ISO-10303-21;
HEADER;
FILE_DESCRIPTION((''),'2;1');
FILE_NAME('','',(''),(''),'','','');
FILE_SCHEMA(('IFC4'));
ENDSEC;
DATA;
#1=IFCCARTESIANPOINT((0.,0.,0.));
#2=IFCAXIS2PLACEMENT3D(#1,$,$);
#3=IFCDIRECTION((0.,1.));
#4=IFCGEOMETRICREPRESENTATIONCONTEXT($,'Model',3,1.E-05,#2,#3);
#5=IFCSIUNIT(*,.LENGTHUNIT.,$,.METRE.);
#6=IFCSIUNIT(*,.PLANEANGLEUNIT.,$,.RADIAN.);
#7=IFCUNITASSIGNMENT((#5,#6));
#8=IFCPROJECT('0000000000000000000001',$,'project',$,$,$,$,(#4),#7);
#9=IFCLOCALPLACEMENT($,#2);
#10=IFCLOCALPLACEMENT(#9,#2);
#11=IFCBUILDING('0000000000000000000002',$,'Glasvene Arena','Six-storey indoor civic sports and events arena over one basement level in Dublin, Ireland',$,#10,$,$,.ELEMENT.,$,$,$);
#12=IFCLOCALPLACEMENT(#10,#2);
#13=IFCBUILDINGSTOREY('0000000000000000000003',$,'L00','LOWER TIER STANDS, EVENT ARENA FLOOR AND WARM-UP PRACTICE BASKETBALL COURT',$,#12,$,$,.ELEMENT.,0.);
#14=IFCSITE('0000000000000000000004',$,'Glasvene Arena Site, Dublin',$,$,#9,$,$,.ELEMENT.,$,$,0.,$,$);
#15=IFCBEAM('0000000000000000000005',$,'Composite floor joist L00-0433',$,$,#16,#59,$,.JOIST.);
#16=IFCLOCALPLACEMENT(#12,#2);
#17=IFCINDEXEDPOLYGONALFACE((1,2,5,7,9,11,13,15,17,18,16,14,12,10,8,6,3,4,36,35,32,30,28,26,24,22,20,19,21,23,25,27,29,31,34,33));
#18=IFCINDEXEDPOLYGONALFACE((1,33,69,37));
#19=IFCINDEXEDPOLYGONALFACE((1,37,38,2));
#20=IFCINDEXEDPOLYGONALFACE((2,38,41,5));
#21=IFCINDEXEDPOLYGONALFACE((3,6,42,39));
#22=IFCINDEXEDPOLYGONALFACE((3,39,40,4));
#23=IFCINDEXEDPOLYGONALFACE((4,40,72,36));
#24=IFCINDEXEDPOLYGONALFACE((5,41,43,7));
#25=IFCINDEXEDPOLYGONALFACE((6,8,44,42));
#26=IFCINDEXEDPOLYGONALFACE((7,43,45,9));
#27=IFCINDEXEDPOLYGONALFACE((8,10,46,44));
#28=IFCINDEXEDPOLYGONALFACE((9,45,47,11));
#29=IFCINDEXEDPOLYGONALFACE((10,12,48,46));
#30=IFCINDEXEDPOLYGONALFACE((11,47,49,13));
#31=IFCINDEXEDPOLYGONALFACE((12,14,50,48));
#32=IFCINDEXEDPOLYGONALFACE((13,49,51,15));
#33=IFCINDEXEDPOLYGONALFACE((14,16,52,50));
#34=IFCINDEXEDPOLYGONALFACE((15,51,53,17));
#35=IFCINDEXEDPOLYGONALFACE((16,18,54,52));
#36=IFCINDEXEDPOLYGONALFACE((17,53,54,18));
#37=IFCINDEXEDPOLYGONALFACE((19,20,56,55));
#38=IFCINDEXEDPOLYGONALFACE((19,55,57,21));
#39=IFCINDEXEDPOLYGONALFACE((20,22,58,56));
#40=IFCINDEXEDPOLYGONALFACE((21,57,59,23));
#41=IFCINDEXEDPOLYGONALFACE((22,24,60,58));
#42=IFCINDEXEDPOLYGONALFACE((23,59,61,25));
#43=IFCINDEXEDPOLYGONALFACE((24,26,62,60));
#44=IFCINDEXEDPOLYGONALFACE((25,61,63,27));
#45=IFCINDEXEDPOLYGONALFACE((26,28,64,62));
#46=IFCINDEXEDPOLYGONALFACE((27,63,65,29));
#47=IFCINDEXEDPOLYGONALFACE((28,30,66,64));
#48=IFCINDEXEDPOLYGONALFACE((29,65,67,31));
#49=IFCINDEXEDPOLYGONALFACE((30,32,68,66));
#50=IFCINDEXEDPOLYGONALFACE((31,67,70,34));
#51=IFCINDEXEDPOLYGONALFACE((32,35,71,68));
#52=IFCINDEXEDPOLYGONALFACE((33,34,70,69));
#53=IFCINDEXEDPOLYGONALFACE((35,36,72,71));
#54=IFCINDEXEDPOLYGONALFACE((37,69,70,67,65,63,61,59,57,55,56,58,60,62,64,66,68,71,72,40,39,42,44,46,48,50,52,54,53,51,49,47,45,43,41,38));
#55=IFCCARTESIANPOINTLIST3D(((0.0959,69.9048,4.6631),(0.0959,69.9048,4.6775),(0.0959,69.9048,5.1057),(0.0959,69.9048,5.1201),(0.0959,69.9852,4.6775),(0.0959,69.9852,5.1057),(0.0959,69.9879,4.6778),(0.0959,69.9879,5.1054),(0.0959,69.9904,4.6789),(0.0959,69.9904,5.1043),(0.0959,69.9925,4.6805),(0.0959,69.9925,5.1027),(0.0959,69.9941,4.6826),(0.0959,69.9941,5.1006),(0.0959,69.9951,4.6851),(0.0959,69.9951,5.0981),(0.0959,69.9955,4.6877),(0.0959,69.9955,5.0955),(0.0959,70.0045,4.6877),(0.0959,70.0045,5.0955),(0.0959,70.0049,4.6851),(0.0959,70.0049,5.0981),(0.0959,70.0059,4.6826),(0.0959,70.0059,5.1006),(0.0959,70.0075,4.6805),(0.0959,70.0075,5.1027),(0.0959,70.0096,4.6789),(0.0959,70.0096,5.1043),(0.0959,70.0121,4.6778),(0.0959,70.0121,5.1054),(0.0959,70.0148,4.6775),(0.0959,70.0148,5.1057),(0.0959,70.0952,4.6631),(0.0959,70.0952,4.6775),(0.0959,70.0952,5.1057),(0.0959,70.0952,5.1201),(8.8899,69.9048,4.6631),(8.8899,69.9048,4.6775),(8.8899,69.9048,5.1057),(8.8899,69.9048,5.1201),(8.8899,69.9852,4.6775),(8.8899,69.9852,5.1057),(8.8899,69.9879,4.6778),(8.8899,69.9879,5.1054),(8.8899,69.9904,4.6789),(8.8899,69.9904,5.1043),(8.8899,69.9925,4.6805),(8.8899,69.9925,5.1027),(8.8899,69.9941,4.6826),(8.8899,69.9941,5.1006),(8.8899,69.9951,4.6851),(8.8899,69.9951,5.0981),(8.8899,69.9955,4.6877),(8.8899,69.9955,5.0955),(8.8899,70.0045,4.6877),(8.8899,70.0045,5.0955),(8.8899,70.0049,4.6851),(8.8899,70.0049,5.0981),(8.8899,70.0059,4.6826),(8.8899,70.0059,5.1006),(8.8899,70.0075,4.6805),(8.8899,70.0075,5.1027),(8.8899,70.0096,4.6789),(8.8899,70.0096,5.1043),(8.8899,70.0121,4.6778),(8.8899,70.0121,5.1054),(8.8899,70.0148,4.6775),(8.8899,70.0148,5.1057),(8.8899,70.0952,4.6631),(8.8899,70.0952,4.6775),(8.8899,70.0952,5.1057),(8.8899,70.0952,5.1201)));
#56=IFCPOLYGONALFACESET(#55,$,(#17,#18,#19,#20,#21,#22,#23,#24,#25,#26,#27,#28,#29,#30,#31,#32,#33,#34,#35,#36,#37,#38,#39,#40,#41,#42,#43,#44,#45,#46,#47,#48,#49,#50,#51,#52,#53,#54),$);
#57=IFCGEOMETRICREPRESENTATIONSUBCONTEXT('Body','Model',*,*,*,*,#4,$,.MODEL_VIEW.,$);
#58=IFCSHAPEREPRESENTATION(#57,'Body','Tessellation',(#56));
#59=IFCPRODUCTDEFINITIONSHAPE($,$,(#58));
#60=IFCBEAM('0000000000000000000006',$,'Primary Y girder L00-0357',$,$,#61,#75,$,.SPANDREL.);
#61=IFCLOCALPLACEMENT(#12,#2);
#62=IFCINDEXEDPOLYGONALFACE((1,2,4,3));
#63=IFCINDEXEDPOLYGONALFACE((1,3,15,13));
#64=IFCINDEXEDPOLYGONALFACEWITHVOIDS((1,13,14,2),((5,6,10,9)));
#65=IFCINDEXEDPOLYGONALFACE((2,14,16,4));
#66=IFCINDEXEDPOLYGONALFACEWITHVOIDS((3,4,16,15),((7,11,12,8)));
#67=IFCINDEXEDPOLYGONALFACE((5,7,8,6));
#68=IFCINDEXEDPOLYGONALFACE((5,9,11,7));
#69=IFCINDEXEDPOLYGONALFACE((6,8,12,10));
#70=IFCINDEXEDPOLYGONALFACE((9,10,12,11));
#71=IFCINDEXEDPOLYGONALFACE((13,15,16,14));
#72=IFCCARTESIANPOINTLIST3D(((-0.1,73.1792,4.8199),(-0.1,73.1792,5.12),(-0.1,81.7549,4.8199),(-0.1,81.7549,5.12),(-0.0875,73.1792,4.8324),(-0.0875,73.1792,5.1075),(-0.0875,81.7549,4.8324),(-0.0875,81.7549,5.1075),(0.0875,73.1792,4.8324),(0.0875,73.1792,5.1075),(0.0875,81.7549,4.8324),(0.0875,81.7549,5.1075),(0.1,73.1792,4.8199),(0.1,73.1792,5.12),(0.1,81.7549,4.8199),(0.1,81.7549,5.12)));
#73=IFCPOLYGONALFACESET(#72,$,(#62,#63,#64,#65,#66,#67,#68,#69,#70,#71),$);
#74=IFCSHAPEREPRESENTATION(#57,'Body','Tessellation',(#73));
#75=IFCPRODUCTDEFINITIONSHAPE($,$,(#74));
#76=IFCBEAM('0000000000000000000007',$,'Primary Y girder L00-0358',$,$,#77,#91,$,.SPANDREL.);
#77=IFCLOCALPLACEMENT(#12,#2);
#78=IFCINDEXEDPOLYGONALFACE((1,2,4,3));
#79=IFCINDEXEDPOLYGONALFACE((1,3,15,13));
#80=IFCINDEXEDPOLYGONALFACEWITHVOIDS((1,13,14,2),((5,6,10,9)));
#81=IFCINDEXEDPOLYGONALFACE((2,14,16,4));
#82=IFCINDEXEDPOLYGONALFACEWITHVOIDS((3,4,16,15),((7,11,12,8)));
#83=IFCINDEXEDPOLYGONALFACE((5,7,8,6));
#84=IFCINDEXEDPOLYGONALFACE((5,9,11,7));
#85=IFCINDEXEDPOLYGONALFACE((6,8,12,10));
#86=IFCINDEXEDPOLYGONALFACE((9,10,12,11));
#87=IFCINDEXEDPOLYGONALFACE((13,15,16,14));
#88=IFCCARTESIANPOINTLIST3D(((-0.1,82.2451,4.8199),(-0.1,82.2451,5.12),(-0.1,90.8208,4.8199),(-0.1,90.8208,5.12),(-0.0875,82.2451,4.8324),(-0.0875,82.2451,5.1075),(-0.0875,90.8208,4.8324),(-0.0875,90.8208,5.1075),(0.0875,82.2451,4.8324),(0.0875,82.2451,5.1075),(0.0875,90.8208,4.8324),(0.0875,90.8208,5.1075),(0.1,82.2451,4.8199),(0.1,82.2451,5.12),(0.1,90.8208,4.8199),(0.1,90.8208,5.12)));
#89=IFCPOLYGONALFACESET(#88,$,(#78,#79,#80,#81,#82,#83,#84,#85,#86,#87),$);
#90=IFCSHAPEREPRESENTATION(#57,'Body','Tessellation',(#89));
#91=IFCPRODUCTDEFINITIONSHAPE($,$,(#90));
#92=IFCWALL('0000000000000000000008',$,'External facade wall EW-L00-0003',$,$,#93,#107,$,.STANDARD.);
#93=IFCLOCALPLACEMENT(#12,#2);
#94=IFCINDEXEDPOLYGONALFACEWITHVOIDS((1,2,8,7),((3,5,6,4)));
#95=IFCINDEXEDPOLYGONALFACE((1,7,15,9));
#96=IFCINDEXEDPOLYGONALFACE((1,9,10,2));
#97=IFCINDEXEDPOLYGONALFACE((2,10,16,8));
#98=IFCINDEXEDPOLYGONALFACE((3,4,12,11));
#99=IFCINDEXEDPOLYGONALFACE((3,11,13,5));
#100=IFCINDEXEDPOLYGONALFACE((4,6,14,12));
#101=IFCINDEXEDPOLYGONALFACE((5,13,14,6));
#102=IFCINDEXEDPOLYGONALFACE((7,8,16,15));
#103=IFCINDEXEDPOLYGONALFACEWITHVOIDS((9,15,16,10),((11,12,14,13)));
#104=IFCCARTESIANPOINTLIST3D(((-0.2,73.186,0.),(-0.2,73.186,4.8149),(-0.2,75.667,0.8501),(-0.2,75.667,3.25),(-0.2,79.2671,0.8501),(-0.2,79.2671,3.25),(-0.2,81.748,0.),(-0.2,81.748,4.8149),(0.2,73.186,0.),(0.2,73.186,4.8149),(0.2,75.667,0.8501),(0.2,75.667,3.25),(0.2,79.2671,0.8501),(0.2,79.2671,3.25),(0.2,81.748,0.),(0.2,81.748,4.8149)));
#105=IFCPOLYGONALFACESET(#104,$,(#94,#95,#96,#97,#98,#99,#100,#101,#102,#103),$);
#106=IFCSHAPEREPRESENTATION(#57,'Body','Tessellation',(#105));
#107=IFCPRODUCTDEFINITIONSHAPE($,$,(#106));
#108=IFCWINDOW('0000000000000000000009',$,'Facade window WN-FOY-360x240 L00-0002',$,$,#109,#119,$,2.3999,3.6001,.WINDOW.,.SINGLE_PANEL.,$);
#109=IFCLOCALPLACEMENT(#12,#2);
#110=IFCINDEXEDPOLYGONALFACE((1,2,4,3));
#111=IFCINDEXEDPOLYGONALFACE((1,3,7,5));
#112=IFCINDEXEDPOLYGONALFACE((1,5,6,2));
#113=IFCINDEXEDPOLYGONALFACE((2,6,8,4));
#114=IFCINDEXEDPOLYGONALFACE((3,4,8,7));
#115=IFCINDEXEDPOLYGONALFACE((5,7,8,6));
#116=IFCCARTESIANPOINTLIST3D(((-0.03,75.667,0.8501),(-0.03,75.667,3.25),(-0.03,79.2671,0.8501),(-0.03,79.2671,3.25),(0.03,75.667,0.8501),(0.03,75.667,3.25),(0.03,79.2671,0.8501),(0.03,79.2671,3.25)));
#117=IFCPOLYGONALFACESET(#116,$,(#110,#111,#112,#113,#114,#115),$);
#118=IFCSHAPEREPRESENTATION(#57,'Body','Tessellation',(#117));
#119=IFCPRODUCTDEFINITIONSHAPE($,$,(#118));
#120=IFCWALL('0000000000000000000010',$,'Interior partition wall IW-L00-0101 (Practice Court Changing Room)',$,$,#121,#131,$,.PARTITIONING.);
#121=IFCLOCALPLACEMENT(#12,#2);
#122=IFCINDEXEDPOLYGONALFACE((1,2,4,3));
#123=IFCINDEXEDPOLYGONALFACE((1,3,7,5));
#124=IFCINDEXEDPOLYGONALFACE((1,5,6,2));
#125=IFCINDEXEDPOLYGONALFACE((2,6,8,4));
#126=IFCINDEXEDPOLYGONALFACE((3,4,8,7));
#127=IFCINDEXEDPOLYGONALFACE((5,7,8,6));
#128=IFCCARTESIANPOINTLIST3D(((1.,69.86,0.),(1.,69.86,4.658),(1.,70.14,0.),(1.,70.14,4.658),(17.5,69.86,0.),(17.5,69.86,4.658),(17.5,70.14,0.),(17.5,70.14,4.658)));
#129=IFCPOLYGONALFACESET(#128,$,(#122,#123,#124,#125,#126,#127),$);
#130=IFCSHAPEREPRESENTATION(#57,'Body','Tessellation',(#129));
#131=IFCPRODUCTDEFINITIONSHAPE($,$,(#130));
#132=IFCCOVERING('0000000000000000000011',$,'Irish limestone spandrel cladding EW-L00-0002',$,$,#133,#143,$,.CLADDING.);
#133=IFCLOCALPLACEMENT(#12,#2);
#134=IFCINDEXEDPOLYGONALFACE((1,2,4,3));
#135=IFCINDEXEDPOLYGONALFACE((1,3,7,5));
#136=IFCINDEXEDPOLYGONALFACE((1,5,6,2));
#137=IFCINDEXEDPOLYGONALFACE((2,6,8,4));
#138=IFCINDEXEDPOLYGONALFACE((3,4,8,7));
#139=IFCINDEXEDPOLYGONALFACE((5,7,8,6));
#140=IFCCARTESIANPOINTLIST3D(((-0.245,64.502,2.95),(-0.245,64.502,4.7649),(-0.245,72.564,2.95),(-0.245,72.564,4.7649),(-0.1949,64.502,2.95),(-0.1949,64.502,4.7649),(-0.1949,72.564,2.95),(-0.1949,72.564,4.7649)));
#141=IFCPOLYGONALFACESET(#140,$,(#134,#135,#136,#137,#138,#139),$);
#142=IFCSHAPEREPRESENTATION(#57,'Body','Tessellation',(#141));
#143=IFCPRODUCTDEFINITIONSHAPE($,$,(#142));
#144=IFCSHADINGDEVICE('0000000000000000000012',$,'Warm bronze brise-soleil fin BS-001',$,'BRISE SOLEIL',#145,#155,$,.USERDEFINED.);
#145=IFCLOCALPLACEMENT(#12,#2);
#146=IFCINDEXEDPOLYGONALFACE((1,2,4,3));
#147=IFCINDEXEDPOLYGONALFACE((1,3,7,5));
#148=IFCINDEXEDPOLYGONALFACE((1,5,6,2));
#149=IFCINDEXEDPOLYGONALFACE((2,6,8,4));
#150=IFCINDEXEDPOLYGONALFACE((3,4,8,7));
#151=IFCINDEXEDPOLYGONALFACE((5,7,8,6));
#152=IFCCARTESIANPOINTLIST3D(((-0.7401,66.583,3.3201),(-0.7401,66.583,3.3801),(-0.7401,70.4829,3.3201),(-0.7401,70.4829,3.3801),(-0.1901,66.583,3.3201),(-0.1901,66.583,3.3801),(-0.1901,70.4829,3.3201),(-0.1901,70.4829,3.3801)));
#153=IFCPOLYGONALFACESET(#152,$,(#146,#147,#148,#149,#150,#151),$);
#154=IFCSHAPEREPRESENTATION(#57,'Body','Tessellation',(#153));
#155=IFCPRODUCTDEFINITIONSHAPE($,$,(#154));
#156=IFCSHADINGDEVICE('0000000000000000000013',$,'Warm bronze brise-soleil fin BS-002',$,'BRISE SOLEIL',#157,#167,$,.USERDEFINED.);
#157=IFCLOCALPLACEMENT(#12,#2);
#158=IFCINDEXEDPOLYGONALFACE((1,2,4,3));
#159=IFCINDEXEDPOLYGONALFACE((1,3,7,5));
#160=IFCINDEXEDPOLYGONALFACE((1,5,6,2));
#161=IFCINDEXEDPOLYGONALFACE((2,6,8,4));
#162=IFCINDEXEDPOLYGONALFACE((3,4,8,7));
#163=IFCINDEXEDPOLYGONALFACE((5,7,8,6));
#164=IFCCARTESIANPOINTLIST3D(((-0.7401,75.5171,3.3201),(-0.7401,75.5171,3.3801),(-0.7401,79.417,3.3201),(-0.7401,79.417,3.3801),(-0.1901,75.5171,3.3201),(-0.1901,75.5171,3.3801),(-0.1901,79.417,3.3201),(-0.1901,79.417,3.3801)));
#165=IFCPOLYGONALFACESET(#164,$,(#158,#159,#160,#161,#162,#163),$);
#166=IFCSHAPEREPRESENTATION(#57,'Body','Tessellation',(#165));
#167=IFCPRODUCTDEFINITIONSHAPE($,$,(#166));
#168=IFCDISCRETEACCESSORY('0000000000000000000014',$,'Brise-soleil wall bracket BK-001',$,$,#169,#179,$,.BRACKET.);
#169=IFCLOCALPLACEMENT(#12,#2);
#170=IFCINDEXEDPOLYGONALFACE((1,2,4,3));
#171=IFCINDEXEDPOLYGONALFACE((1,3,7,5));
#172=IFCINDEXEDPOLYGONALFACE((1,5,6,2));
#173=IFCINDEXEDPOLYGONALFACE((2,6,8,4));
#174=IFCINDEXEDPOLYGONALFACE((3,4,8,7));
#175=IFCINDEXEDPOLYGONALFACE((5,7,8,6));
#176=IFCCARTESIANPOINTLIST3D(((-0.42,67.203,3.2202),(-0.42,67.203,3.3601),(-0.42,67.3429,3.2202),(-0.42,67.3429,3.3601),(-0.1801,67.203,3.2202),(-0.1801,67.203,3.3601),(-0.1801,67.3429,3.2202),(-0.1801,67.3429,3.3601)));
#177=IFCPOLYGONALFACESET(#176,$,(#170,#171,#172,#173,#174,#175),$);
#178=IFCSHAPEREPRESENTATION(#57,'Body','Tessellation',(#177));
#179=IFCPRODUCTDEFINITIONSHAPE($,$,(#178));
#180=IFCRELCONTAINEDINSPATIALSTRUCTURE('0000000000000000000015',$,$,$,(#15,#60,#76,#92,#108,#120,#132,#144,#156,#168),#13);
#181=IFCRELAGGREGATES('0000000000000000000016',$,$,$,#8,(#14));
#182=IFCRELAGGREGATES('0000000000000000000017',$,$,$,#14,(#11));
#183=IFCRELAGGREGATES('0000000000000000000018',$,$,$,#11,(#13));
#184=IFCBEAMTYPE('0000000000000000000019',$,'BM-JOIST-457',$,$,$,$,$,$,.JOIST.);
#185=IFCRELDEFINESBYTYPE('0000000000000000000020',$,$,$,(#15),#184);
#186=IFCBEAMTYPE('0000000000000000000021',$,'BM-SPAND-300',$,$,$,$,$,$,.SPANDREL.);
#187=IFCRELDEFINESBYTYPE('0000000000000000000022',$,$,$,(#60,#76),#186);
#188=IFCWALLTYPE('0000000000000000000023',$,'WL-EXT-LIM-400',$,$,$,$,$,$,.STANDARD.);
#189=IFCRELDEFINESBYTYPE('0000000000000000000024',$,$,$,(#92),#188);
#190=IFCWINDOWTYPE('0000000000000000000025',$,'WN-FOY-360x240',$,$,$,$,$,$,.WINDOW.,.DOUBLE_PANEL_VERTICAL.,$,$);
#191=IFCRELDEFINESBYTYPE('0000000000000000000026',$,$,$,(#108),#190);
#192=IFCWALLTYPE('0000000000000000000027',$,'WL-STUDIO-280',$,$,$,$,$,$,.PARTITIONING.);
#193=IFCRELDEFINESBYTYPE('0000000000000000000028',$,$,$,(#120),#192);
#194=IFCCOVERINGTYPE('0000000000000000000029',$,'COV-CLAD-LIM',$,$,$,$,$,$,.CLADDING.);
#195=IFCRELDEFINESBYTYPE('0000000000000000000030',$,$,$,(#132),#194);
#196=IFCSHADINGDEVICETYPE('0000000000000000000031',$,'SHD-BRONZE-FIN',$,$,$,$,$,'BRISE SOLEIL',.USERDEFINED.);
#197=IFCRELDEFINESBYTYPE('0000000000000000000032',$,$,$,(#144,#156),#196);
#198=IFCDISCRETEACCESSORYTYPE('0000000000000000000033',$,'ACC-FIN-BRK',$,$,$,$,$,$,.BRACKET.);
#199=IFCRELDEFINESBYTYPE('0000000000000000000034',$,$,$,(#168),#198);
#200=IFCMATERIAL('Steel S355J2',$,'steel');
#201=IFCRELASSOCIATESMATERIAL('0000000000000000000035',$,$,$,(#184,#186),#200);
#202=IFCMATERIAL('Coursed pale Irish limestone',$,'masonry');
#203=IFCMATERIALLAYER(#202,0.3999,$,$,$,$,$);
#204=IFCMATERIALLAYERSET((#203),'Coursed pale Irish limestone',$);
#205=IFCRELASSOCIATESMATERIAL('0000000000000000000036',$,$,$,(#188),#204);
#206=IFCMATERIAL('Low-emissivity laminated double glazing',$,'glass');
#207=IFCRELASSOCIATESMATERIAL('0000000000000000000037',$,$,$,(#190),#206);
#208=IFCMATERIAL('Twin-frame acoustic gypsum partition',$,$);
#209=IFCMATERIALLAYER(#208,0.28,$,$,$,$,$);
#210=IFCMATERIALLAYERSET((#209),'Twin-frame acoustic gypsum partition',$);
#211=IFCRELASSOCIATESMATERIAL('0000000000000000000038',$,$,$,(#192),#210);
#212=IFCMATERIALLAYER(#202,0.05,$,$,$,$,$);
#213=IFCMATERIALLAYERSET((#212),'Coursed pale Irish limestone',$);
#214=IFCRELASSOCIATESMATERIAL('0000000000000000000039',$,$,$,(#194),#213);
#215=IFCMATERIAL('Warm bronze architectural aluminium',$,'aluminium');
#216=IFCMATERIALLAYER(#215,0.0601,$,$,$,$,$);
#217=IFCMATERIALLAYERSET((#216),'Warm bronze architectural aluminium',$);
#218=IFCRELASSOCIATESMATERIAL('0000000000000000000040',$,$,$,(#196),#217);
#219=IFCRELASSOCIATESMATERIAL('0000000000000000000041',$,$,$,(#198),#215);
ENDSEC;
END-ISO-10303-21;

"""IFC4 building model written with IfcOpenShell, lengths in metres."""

from ifc_helpers import new_model, si_unit, direction, frame, frame_2d, origin, origin_2d, place, context, subcontext, project, spatial, rectangle, hollow_rectangle, i_section, extrude, material, layer, layer_set, material_profile, profile_set, type_object, element, fill, save


model = new_model("IFC4")

# Units and contexts
model_context = context("Model", 3, precision=1e-05, world=origin(), true_north=direction((0.0, 1.0)))
body_context = subcontext(model_context, "Body", "Model", "MODEL_VIEW")
ifc_project = project(units=[si_unit("LENGTHUNIT", "METRE"), si_unit("PLANEANGLEUNIT", "RADIAN")], contexts=[model_context])

# Site, building, storey
site_placement = place(None, origin())
site = spatial("IfcSite", under=ifc_project, at=site_placement, Name="Glasvene Arena Site, Dublin", CompositionType="ELEMENT", RefElevation=0.0)
building_placement = place(site_placement, origin())
building = spatial("IfcBuilding", under=site, at=building_placement, Name="Glasvene Arena", Description="Six-storey indoor civic sports and events arena over one basement level in Dublin, Ireland", CompositionType="ELEMENT")
storey_placement = place(building_placement, origin())
storey = spatial("IfcBuildingStorey", under=building, at=storey_placement, Name="L00", Description="LOWER TIER STANDS, EVENT ARENA FLOOR AND WARM-UP PRACTICE BASKETBALL COURT", CompositionType="ELEMENT", Elevation=0.0)

# Shared definitions
ifc_material_1 = material(Name="Steel S355J2", Category="steel")

# Beams
ifc_material_profile_1 = material_profile(ifc_material_1, i_section(OverallWidth=0.1904, OverallDepth=0.457, WebThickness=0.009, FlangeThickness=0.0144, FilletRadius=0.0103, at=origin_2d()), Name="UKB 457x191x74")
ifc_profile_set_1 = profile_set([ifc_material_profile_1], Name="Steel S355J2")
beam_type_1 = type_object("IfcBeamType", Name="BM-JOIST-457", PredefinedType="JOIST", material=ifc_profile_set_1)
beam_1_placement = place(storey_placement, frame((0.0959, 70.0, 4.8916), z_axis=(1.0, 0.0, 0.0), x_axis=(0.0, 1.0, 0.0)))
element("IfcBeam", 1, at=beam_1_placement, inside=storey, type_object=beam_type_1, Name="Composite floor joist L00-0433", PredefinedType="JOIST", context=body_context, shape_type="SweptSolid", body=[
    extrude(i_section(OverallWidth=0.1904, OverallDepth=0.457, WebThickness=0.009, FlangeThickness=0.0144, FilletRadius=0.0103, at=origin_2d()), origin(), (0.0, 0.0, 1.0), 8.7939),
])
ifc_material_profile_2 = material_profile(ifc_material_1, hollow_rectangle(XDim=0.2, YDim=0.3, WallThickness=0.0125, at=origin_2d()), Name="RHS 300x200x12.5")
ifc_profile_set_2 = profile_set([ifc_material_profile_2], Name="Steel S355J2")
beam_type_2 = type_object("IfcBeamType", Name="BM-SPAND-300", PredefinedType="SPANDREL", material=ifc_profile_set_2)
for number, where, z_axis, x_axis, name in (
    (2, (0.0, 73.1792, 4.97), (0.0, 1.0, 0.0), (-1.0, 0.0, 0.0), "Primary Y girder L00-0357"),
    (3, (0.0, 82.2451, 4.97), (0.0, 1.0, 0.0), (-1.0, 0.0, 0.0), "Primary Y girder L00-0358"),
):
    element("IfcBeam", number, at=place(storey_placement, frame(where, z_axis=z_axis, x_axis=x_axis)), inside=storey, type_object=beam_type_2, Name=name, PredefinedType="SPANDREL", context=body_context, shape_type="SweptSolid", body=[
        extrude(hollow_rectangle(XDim=0.2, YDim=0.3, WallThickness=0.0125, at=origin_2d()), origin(), (0.0, 0.0, 1.0), 8.5757),
    ])

# Wall, opening, window
ifc_material_2 = material(Name="Coursed pale Irish limestone", Category="masonry")
ifc_layer_1 = layer(ifc_material_2, 0.3999)
ifc_layer_set_1 = layer_set([ifc_layer_1], Name="Coursed pale Irish limestone")
wall_type_1 = type_object("IfcWallType", Name="WL-EXT-LIM-400", PredefinedType="STANDARD", material=ifc_layer_set_1)
wall_1_placement = place(storey_placement, frame((0.0, 73.186, 0.0), z_axis=(0.0, 0.0, 1.0), x_axis=(0.0, 1.0, 0.0)))
wall_1 = element("IfcWall", 4, at=wall_1_placement, inside=storey, type_object=wall_type_1, Name="External facade wall EW-L00-0003", PredefinedType="STANDARD", context=body_context, shape_type="SweptSolid", body=[
    extrude(rectangle(XDim=8.562, YDim=0.3999, at=frame_2d((4.281, 0.0))), origin(), (0.0, 0.0, 1.0), 4.8149),
])
opening_placement = place(wall_1_placement, frame((2.481, 0.0, 0.8501)))
opening = element("IfcOpeningElement", 5, at=opening_placement, cuts=wall_1, PredefinedType="OPENING", context=body_context, shape_type="SweptSolid", body=[
    extrude(rectangle(XDim=3.6001, YDim=2.3999, at=frame_2d((1.8, 1.2))), frame((0.0, 0.21, 0.0), z_axis=(0.0, -1.0, 0.0), x_axis=(1.0, 0.0, 0.0)), (0.0, 0.0, 1.0), 0.4199),
])
ifc_material_3 = material(Name="Low-emissivity laminated double glazing", Category="glass")
window_type = type_object("IfcWindowType", Name="WN-FOY-360x240", PartitioningType="DOUBLE_PANEL_VERTICAL", PredefinedType="WINDOW", material=ifc_material_3)
window_placement = place(opening_placement, origin())
window = element("IfcWindow", 6, at=window_placement, inside=storey, type_object=window_type, Name="Facade window WN-FOY-360x240 L00-0002", OverallHeight=2.3999, OverallWidth=3.6001, PartitioningType="SINGLE_PANEL", PredefinedType="WINDOW", context=body_context, shape_type="SweptSolid", body=[
    extrude(rectangle(XDim=3.6001, YDim=2.3999, at=frame_2d((1.8, 1.2))), frame((0.0, 0.03, 0.0), z_axis=(0.0, -1.0, 0.0), x_axis=(1.0, 0.0, 0.0)), (0.0, 0.0, 1.0), 0.0601),
])
fill(opening, window)

# Wall
ifc_material_4 = material(Name="Twin-frame acoustic gypsum partition")
ifc_layer_2 = layer(ifc_material_4, 0.28)
ifc_layer_set_2 = layer_set([ifc_layer_2], Name="Twin-frame acoustic gypsum partition")
wall_type_2 = type_object("IfcWallType", Name="WL-STUDIO-280", PredefinedType="PARTITIONING", material=ifc_layer_set_2)
wall_2_placement = place(storey_placement, frame((1.0, 70.0, 0.0), z_axis=(0.0, 0.0, 1.0), x_axis=(1.0, 0.0, 0.0)))
element("IfcWall", 7, at=wall_2_placement, inside=storey, type_object=wall_type_2, Name="Interior partition wall IW-L00-0101 (Practice Court Changing Room)", PredefinedType="PARTITIONING", context=body_context, shape_type="SweptSolid", body=[
    extrude(rectangle(XDim=16.5, YDim=0.28, at=frame_2d((8.25, 0.0))), origin(), (0.0, 0.0, 1.0), 4.658),
])

# Covering
ifc_layer_3 = layer(ifc_material_2, 0.05)
ifc_layer_set_3 = layer_set([ifc_layer_3], Name="Coursed pale Irish limestone")
covering_type = type_object("IfcCoveringType", Name="COV-CLAD-LIM", PredefinedType="CLADDING", material=ifc_layer_set_3)
covering_placement = place(storey_placement, frame((-0.22, 68.533, 2.95), z_axis=(0.0, 0.0, 1.0), x_axis=(0.0, 1.0, 0.0)))
element("IfcCovering", 8, at=covering_placement, inside=storey, type_object=covering_type, Name="Irish limestone spandrel cladding EW-L00-0002", PredefinedType="CLADDING", context=body_context, shape_type="SweptSolid", body=[
    extrude(rectangle(XDim=8.062, YDim=0.05, at=origin_2d()), origin(), (0.0, 0.0, 1.0), 1.8149),
])

# Shading devices
ifc_material_5 = material(Name="Warm bronze architectural aluminium", Category="aluminium")
ifc_layer_4 = layer(ifc_material_5, 0.0601)
ifc_layer_set_4 = layer_set([ifc_layer_4], Name="Warm bronze architectural aluminium")
shading_device_type = type_object("IfcShadingDeviceType", Name="SHD-BRONZE-FIN", ElementType="BRISE SOLEIL", PredefinedType="USERDEFINED", material=ifc_layer_set_4)
for number, where, z_axis, x_axis, name in (
    (9, (-0.4651, 68.533, 3.3201), (0.0, 0.0, 1.0), (0.0, 1.0, 0.0), "Warm bronze brise-soleil fin BS-001"),
    (10, (-0.4651, 77.467, 3.3201), (0.0, 0.0, 1.0), (0.0, 1.0, 0.0), "Warm bronze brise-soleil fin BS-002"),
):
    element("IfcShadingDevice", number, at=place(storey_placement, frame(where, z_axis=z_axis, x_axis=x_axis)), inside=storey, type_object=shading_device_type, Name=name, ObjectType="BRISE SOLEIL", PredefinedType="USERDEFINED", context=body_context, shape_type="SweptSolid", body=[
        extrude(rectangle(XDim=3.8999, YDim=0.55, at=origin_2d()), origin(), (0.0, 0.0, 1.0), 0.0601),
    ])

# Discrete accessory
discrete_accessory_type = type_object("IfcDiscreteAccessoryType", Name="ACC-FIN-BRK", PredefinedType="BRACKET", material=ifc_material_5)
for number, where, z_axis, x_axis, name in (
    (11, (-0.3, 67.2729, 3.2202), (0.0, 0.0, 1.0), (0.0, 1.0, 0.0), "Brise-soleil wall bracket BK-001"),
):
    element("IfcDiscreteAccessory", number, at=place(storey_placement, frame(where, z_axis=z_axis, x_axis=x_axis)), inside=storey, type_object=discrete_accessory_type, Name=name, PredefinedType="BRACKET", context=body_context, shape_type="SweptSolid", body=[
        extrude(rectangle(XDim=0.1399, YDim=0.24, at=origin_2d()), origin(), (0.0, 0.0, 1.0), 0.1399),
    ])

save(model, "model.ifc")
